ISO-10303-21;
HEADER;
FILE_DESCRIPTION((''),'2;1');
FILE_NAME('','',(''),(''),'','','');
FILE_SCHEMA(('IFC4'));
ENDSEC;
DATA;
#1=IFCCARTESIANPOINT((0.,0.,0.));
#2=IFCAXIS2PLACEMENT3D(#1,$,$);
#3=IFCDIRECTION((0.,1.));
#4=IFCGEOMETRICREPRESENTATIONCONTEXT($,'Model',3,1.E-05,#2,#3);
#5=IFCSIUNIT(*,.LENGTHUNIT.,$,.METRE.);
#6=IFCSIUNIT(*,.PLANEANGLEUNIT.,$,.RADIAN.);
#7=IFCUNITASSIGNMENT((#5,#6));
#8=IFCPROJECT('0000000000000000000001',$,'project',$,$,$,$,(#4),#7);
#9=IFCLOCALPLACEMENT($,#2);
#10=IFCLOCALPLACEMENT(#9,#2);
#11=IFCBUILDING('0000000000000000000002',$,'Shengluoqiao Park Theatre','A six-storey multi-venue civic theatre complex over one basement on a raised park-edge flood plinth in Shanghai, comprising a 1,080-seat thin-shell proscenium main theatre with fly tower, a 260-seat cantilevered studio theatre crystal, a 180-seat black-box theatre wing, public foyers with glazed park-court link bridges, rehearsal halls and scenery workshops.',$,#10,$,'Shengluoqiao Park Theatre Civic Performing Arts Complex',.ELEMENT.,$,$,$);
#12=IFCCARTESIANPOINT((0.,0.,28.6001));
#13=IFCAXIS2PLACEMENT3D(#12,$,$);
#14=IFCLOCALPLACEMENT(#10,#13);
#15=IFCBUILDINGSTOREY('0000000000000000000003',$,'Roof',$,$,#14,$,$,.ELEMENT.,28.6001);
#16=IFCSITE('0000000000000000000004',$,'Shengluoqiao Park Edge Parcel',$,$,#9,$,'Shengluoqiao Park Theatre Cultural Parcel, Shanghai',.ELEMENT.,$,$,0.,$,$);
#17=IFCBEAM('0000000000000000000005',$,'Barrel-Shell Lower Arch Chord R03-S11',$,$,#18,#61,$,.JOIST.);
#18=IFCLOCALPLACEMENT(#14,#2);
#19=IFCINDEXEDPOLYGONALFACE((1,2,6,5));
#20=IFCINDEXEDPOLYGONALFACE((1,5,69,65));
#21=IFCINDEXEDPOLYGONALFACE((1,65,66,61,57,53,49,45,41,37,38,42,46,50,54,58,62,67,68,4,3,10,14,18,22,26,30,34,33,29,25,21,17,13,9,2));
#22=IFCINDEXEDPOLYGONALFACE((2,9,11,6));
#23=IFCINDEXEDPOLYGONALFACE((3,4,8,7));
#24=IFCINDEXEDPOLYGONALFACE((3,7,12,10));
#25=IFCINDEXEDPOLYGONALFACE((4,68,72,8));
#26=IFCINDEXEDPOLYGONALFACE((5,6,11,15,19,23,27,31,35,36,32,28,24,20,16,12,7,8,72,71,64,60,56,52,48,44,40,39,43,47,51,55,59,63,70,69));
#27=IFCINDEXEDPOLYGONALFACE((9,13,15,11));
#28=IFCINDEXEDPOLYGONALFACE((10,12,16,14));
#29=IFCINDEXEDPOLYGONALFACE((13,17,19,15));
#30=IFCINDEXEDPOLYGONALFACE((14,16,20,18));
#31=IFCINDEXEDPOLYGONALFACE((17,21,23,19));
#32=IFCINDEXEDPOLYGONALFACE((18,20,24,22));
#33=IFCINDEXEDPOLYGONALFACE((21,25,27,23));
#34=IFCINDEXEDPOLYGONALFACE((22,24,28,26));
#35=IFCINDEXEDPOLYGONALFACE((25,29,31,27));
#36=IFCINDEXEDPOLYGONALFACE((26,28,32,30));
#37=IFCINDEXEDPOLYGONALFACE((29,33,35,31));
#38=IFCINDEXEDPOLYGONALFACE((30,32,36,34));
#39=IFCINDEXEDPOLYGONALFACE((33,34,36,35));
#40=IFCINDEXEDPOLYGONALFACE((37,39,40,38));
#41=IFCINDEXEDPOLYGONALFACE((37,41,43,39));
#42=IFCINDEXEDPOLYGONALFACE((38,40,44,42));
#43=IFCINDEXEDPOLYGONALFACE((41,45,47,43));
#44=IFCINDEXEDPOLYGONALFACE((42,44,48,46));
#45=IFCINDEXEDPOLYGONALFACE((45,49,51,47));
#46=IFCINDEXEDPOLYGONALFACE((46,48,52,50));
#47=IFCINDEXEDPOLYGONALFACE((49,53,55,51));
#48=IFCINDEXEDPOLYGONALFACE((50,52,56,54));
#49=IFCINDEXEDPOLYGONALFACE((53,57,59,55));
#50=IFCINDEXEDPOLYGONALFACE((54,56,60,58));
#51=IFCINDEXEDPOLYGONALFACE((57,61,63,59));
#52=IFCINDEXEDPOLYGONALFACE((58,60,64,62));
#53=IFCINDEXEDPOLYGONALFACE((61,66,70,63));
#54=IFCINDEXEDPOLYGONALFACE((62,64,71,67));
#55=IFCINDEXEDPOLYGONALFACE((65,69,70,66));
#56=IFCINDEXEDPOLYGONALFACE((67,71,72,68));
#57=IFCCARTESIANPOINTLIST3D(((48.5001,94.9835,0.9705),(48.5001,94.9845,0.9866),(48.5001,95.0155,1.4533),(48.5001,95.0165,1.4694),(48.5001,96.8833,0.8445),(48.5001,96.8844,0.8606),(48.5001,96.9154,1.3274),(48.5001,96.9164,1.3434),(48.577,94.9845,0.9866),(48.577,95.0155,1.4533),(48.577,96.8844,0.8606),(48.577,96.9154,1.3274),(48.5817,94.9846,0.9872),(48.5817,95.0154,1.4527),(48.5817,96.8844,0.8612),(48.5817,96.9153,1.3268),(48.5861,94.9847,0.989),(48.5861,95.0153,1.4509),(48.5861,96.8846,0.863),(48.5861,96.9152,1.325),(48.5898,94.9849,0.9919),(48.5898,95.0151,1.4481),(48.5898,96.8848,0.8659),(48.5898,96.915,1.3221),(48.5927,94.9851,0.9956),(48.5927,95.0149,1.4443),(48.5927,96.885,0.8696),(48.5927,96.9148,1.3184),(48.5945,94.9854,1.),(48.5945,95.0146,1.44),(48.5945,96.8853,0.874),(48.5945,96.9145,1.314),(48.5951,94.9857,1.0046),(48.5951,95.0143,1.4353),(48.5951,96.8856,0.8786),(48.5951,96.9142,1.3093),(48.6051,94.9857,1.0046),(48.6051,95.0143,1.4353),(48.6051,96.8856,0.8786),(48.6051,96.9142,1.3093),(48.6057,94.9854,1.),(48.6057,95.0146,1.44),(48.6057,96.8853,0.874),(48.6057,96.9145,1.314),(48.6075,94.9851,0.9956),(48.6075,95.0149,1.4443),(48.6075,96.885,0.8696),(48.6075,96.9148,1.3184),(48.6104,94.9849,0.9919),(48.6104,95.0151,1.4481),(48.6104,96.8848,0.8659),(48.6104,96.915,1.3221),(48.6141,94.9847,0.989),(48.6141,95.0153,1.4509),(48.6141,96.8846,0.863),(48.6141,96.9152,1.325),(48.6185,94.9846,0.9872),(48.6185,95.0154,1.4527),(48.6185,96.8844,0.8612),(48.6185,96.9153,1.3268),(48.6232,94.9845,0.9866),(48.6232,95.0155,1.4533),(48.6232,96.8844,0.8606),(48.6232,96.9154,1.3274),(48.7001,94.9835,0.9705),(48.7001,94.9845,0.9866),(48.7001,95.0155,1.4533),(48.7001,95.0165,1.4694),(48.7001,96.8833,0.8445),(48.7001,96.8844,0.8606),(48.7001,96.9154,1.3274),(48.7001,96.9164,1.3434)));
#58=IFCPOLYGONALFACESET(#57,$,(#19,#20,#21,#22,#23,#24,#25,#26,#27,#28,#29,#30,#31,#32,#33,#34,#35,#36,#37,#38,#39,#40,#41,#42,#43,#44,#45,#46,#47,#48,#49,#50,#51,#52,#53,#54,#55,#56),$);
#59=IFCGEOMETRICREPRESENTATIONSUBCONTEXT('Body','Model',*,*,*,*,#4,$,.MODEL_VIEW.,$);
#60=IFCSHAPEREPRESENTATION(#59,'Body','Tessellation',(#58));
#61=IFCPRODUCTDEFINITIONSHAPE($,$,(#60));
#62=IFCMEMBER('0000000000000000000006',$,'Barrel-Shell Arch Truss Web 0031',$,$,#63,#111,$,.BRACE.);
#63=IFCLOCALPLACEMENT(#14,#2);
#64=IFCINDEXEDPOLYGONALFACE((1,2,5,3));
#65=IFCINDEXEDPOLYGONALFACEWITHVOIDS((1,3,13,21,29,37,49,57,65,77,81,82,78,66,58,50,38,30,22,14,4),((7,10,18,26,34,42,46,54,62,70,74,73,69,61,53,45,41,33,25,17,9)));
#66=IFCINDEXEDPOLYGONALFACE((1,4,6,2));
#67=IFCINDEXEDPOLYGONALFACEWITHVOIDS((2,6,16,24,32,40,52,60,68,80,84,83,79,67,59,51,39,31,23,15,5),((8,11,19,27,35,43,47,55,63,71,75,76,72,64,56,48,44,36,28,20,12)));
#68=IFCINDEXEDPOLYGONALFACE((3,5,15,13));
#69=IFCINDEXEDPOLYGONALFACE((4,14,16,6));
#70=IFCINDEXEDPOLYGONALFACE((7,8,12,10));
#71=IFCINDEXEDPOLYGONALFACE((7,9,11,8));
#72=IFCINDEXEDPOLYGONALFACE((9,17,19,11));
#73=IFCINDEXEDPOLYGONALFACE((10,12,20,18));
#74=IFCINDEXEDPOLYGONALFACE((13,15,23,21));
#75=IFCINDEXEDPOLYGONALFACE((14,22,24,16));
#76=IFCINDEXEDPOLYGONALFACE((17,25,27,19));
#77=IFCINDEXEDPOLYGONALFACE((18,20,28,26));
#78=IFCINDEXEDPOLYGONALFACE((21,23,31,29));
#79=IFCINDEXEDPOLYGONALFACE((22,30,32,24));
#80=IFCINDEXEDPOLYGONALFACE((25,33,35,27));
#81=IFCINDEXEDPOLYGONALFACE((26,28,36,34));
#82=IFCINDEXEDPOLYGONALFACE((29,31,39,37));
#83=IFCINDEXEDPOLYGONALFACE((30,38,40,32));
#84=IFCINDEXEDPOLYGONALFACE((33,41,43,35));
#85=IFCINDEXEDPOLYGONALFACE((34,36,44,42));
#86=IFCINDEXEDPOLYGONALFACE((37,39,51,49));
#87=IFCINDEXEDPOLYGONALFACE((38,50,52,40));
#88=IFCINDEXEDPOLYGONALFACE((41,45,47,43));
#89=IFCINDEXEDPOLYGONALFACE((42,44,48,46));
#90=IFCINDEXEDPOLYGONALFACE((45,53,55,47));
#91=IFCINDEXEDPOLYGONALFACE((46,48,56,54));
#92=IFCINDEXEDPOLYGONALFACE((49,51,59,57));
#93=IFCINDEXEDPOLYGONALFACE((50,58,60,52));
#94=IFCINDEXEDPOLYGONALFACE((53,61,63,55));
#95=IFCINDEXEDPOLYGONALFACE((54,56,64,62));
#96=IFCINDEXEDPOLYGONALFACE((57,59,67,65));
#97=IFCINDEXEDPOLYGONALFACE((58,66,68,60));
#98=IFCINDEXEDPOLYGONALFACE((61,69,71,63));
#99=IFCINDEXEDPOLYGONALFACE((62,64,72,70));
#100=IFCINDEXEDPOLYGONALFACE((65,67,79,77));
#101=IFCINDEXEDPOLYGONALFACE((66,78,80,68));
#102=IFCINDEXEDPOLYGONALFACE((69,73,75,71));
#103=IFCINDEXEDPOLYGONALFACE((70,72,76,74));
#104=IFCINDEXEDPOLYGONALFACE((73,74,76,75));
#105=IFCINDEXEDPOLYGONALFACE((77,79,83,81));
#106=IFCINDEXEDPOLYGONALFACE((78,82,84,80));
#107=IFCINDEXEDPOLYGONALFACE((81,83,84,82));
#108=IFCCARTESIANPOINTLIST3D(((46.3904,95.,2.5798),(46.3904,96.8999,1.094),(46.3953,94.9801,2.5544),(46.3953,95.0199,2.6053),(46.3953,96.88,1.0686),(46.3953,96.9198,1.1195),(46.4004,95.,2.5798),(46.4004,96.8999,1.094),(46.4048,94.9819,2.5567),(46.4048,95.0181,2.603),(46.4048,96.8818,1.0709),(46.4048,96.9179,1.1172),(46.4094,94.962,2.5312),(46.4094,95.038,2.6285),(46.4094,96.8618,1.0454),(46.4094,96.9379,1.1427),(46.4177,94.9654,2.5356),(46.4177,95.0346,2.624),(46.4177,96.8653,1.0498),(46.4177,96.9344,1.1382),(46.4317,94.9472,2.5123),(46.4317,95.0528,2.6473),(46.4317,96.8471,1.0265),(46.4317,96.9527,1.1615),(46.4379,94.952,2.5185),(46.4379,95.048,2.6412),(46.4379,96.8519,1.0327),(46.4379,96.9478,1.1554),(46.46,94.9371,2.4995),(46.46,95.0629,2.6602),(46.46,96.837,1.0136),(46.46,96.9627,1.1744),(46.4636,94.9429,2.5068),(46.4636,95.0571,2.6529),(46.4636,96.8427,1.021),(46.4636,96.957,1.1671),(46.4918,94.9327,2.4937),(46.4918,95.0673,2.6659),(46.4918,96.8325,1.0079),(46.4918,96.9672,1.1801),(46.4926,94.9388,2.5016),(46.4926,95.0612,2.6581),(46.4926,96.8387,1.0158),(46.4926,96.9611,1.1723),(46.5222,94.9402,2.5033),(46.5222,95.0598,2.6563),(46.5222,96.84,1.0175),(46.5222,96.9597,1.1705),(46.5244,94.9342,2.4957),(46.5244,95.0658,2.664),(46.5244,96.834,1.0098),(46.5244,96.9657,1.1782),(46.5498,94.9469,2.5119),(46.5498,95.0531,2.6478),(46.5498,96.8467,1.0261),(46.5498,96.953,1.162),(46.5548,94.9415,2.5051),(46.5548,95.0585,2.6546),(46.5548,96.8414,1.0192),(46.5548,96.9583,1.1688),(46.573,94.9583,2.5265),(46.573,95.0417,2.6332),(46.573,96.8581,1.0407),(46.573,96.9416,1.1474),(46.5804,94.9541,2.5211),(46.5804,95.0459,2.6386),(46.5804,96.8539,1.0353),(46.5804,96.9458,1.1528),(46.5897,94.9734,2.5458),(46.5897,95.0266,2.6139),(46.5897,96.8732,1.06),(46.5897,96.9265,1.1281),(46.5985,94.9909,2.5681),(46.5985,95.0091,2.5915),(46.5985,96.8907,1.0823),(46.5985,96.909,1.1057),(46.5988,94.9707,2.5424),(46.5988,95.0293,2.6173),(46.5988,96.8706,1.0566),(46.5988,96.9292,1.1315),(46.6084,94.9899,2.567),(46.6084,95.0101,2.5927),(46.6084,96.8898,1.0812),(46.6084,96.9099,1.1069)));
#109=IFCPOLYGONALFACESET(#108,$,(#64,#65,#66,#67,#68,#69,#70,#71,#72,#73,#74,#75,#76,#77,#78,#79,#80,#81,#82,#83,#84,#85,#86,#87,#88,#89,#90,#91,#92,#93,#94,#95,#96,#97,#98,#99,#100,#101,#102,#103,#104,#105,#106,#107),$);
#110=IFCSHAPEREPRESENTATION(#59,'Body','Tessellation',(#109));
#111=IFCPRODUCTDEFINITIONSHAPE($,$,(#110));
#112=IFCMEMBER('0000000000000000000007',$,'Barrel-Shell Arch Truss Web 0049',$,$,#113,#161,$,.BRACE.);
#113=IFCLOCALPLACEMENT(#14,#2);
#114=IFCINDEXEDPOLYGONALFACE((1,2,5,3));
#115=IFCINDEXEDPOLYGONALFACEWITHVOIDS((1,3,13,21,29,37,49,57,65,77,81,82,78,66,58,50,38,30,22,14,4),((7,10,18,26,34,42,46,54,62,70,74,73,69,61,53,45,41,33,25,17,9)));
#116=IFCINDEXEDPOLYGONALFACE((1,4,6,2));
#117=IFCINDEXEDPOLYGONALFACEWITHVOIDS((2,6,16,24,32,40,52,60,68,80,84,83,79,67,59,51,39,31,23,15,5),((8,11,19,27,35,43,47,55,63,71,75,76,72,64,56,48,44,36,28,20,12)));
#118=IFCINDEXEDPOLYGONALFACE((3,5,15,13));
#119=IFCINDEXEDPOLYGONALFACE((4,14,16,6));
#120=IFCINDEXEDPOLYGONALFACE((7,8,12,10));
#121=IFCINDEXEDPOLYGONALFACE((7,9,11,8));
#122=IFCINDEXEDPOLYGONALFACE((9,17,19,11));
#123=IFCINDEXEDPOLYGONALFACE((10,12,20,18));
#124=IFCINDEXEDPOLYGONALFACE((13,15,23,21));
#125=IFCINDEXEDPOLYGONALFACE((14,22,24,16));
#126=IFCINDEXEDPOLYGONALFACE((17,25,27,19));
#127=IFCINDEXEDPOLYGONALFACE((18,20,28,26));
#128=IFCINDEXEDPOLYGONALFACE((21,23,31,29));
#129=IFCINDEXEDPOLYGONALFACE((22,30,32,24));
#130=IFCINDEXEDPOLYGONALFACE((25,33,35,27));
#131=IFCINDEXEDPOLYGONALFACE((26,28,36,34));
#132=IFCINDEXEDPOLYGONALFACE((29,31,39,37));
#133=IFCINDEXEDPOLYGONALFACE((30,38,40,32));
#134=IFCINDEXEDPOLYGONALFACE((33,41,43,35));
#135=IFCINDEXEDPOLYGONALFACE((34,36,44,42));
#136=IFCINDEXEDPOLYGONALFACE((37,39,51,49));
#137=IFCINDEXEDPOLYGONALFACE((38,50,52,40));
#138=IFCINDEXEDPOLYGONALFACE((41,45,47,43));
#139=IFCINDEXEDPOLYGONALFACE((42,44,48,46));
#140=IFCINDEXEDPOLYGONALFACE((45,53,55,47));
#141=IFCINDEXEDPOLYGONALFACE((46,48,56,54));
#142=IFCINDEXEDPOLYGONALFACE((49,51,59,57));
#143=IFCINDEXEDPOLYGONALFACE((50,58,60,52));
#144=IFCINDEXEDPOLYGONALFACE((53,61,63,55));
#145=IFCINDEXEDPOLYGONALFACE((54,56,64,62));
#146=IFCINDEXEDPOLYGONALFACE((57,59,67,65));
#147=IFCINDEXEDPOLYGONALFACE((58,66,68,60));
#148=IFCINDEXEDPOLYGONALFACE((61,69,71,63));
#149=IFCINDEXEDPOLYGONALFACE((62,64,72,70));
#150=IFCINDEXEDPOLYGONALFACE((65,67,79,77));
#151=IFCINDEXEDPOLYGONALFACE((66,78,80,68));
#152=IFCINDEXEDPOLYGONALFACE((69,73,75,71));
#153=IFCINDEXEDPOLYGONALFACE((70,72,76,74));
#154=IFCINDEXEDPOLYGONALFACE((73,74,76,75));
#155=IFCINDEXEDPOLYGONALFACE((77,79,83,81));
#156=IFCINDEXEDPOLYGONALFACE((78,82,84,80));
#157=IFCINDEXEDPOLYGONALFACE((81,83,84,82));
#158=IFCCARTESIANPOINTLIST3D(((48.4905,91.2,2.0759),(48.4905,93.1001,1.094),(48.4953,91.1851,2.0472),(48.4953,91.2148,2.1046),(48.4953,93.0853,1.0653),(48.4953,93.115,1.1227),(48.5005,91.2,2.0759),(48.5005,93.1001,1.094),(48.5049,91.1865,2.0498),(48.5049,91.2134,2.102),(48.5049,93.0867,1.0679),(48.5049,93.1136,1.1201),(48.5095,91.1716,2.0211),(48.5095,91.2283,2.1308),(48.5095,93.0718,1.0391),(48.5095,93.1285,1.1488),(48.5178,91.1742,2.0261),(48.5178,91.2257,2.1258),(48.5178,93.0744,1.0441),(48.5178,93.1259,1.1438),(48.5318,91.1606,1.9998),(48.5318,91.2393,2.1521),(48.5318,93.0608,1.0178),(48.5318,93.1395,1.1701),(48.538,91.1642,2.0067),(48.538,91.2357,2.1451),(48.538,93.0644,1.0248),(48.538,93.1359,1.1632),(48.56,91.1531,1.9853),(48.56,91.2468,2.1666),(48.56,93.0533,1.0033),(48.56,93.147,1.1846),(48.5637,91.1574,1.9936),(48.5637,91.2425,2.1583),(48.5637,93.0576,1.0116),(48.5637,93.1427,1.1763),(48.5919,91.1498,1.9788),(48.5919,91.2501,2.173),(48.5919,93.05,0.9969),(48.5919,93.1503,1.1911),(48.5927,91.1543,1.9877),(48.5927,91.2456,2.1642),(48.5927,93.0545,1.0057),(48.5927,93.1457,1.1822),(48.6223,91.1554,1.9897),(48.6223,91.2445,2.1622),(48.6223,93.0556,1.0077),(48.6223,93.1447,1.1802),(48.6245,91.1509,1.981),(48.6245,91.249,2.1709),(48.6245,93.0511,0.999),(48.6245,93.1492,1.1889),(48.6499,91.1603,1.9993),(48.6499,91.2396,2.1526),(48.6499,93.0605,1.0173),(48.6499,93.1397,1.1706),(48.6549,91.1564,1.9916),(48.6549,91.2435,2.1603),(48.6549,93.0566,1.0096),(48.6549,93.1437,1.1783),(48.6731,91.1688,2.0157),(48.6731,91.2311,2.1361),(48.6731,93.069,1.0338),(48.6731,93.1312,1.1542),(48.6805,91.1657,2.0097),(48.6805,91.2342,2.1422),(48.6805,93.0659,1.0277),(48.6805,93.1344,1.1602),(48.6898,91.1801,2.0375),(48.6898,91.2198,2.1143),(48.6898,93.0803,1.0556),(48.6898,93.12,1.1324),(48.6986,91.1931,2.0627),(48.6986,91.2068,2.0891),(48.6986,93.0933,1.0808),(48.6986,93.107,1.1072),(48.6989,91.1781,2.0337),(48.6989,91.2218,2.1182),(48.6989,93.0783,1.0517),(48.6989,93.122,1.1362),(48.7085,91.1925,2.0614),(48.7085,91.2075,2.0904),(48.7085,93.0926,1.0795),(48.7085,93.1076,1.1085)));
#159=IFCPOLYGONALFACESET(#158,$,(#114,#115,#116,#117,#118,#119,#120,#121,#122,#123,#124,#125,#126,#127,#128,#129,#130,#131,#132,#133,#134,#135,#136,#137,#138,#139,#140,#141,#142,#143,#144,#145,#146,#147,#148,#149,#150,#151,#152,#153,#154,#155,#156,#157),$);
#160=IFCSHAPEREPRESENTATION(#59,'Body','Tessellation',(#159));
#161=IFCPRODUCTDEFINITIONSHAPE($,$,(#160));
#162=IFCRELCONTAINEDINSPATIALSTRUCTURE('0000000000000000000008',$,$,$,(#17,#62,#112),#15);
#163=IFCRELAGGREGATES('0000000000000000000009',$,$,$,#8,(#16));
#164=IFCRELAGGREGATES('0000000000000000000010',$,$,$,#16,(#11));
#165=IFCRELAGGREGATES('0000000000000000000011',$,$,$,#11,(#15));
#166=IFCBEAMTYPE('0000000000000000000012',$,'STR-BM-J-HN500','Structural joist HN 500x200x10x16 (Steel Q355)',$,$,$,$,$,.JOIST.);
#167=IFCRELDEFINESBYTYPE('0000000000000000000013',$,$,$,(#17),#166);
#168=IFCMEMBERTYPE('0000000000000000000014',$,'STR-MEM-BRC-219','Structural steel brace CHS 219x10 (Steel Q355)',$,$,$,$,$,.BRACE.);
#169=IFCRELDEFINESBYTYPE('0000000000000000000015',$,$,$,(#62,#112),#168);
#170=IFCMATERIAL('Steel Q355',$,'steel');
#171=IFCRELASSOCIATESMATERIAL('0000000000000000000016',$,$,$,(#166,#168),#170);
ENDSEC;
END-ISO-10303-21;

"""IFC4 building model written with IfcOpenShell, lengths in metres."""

from ifc_helpers import new_model, si_unit, direction, frame, origin, origin_2d, place, context, subcontext, project, spatial, hollow_circle, i_section, extrude, material, material_profile, profile_set, type_object, element, save


model = new_model("IFC4")

# Units and contexts
model_context = context("Model", 3, precision=1e-05, world=origin(), true_north=direction((0.0, 1.0)))
body_context = subcontext(model_context, "Body", "Model", "MODEL_VIEW")
ifc_project = project(units=[si_unit("LENGTHUNIT", "METRE"), si_unit("PLANEANGLEUNIT", "RADIAN")], contexts=[model_context])

# Site, building, storey
site_placement = place(None, origin())
site = spatial("IfcSite", under=ifc_project, at=site_placement, Name="Shengluoqiao Park Edge Parcel", LongName="Shengluoqiao Park Theatre Cultural Parcel, Shanghai", CompositionType="ELEMENT", RefElevation=0.0)
building_placement = place(site_placement, origin())
building = spatial("IfcBuilding", under=site, at=building_placement, Name="Shengluoqiao Park Theatre", Description="A six-storey multi-venue civic theatre complex over one basement on a raised park-edge flood plinth in Shanghai, comprising a 1,080-seat thin-shell proscenium main theatre with fly tower, a 260-seat cantilevered studio theatre crystal, a 180-seat black-box theatre wing, public foyers with glazed park-court link bridges, rehearsal halls and scenery workshops.", LongName="Shengluoqiao Park Theatre Civic Performing Arts Complex", CompositionType="ELEMENT")
storey_placement = place(building_placement, frame((0.0, 0.0, 28.6001)))
storey = spatial("IfcBuildingStorey", under=building, at=storey_placement, Name="Roof", CompositionType="ELEMENT", Elevation=28.6001)

# Beam
ifc_material_1 = material(Name="Steel Q355", Category="steel")
ifc_material_profile_1 = material_profile(ifc_material_1, i_section(OverallWidth=0.2, OverallDepth=0.5, WebThickness=0.01, FlangeThickness=0.0161, FilletRadius=0.0181, at=origin_2d()), Name="HN 500x200x10x16")
ifc_profile_set_1 = profile_set([ifc_material_profile_1], Name="Steel Q355")
beam_type_1 = type_object("IfcBeamType", Name="STR-BM-J-HN500", Description="Structural joist HN 500x200x10x16 (Steel Q355)", PredefinedType="JOIST", material=ifc_profile_set_1)
for number, where, z_axis, x_axis, name in (
    (1, (48.6001, 95.0, 1.22), (0.0, 0.997809, -0.066162), (-1.0, 0.0, 0.0), "Barrel-Shell Lower Arch Chord R03-S11"),
):
    element("IfcBeam", number, at=place(storey_placement, frame(where, z_axis=z_axis, x_axis=x_axis)), inside=storey, type_object=beam_type_1, Name=name, PredefinedType="JOIST", context=body_context, shape_type="SweptSolid", body=[
        extrude(i_section(OverallWidth=0.2, OverallDepth=0.5, WebThickness=0.01, FlangeThickness=0.0161, FilletRadius=0.0181, at=origin_2d()), origin(), (0.0, 0.0, 1.0), 1.9041),
    ])

# Members
ifc_material_profile_2 = material_profile(ifc_material_1, hollow_circle(Radius=0.1096, WallThickness=0.01, at=origin_2d()), Name="CHS 219x10")
ifc_profile_set_2 = profile_set([ifc_material_profile_2], Name="Steel Q355")
member_type_1 = type_object("IfcMemberType", Name="STR-MEM-BRC-219", Description="Structural steel brace CHS 219x10 (Steel Q355)", PredefinedType="BRACE", material=ifc_profile_set_2)
member_1_placement = place(storey_placement, frame((46.5, 95.0, 2.5798), z_axis=(0.0, 0.787714, -0.616041), x_axis=(-1.0, 0.0, 0.0)))
element("IfcMember", 2, at=member_1_placement, inside=storey, type_object=member_type_1, Name="Barrel-Shell Arch Truss Web 0031", PredefinedType="BRACE", context=body_context, shape_type="SweptSolid", body=[
    extrude(hollow_circle(Radius=0.1096, WallThickness=0.01, at=origin_2d()), origin(), (0.0, 0.0, 1.0), 2.4119),
])
member_2_placement = place(storey_placement, frame((48.6001, 91.2, 2.0759), z_axis=(0.0, 0.888389, -0.459091), x_axis=(-1.0, 0.0, 0.0)))
element("IfcMember", 3, at=member_2_placement, inside=storey, type_object=member_type_1, Name="Barrel-Shell Arch Truss Web 0049", PredefinedType="BRACE", context=body_context, shape_type="SweptSolid", body=[
    extrude(hollow_circle(Radius=0.1096, WallThickness=0.01, at=origin_2d()), origin(), (0.0, 0.0, 1.0), 2.1389),
])

save(model, "model.ifc")
